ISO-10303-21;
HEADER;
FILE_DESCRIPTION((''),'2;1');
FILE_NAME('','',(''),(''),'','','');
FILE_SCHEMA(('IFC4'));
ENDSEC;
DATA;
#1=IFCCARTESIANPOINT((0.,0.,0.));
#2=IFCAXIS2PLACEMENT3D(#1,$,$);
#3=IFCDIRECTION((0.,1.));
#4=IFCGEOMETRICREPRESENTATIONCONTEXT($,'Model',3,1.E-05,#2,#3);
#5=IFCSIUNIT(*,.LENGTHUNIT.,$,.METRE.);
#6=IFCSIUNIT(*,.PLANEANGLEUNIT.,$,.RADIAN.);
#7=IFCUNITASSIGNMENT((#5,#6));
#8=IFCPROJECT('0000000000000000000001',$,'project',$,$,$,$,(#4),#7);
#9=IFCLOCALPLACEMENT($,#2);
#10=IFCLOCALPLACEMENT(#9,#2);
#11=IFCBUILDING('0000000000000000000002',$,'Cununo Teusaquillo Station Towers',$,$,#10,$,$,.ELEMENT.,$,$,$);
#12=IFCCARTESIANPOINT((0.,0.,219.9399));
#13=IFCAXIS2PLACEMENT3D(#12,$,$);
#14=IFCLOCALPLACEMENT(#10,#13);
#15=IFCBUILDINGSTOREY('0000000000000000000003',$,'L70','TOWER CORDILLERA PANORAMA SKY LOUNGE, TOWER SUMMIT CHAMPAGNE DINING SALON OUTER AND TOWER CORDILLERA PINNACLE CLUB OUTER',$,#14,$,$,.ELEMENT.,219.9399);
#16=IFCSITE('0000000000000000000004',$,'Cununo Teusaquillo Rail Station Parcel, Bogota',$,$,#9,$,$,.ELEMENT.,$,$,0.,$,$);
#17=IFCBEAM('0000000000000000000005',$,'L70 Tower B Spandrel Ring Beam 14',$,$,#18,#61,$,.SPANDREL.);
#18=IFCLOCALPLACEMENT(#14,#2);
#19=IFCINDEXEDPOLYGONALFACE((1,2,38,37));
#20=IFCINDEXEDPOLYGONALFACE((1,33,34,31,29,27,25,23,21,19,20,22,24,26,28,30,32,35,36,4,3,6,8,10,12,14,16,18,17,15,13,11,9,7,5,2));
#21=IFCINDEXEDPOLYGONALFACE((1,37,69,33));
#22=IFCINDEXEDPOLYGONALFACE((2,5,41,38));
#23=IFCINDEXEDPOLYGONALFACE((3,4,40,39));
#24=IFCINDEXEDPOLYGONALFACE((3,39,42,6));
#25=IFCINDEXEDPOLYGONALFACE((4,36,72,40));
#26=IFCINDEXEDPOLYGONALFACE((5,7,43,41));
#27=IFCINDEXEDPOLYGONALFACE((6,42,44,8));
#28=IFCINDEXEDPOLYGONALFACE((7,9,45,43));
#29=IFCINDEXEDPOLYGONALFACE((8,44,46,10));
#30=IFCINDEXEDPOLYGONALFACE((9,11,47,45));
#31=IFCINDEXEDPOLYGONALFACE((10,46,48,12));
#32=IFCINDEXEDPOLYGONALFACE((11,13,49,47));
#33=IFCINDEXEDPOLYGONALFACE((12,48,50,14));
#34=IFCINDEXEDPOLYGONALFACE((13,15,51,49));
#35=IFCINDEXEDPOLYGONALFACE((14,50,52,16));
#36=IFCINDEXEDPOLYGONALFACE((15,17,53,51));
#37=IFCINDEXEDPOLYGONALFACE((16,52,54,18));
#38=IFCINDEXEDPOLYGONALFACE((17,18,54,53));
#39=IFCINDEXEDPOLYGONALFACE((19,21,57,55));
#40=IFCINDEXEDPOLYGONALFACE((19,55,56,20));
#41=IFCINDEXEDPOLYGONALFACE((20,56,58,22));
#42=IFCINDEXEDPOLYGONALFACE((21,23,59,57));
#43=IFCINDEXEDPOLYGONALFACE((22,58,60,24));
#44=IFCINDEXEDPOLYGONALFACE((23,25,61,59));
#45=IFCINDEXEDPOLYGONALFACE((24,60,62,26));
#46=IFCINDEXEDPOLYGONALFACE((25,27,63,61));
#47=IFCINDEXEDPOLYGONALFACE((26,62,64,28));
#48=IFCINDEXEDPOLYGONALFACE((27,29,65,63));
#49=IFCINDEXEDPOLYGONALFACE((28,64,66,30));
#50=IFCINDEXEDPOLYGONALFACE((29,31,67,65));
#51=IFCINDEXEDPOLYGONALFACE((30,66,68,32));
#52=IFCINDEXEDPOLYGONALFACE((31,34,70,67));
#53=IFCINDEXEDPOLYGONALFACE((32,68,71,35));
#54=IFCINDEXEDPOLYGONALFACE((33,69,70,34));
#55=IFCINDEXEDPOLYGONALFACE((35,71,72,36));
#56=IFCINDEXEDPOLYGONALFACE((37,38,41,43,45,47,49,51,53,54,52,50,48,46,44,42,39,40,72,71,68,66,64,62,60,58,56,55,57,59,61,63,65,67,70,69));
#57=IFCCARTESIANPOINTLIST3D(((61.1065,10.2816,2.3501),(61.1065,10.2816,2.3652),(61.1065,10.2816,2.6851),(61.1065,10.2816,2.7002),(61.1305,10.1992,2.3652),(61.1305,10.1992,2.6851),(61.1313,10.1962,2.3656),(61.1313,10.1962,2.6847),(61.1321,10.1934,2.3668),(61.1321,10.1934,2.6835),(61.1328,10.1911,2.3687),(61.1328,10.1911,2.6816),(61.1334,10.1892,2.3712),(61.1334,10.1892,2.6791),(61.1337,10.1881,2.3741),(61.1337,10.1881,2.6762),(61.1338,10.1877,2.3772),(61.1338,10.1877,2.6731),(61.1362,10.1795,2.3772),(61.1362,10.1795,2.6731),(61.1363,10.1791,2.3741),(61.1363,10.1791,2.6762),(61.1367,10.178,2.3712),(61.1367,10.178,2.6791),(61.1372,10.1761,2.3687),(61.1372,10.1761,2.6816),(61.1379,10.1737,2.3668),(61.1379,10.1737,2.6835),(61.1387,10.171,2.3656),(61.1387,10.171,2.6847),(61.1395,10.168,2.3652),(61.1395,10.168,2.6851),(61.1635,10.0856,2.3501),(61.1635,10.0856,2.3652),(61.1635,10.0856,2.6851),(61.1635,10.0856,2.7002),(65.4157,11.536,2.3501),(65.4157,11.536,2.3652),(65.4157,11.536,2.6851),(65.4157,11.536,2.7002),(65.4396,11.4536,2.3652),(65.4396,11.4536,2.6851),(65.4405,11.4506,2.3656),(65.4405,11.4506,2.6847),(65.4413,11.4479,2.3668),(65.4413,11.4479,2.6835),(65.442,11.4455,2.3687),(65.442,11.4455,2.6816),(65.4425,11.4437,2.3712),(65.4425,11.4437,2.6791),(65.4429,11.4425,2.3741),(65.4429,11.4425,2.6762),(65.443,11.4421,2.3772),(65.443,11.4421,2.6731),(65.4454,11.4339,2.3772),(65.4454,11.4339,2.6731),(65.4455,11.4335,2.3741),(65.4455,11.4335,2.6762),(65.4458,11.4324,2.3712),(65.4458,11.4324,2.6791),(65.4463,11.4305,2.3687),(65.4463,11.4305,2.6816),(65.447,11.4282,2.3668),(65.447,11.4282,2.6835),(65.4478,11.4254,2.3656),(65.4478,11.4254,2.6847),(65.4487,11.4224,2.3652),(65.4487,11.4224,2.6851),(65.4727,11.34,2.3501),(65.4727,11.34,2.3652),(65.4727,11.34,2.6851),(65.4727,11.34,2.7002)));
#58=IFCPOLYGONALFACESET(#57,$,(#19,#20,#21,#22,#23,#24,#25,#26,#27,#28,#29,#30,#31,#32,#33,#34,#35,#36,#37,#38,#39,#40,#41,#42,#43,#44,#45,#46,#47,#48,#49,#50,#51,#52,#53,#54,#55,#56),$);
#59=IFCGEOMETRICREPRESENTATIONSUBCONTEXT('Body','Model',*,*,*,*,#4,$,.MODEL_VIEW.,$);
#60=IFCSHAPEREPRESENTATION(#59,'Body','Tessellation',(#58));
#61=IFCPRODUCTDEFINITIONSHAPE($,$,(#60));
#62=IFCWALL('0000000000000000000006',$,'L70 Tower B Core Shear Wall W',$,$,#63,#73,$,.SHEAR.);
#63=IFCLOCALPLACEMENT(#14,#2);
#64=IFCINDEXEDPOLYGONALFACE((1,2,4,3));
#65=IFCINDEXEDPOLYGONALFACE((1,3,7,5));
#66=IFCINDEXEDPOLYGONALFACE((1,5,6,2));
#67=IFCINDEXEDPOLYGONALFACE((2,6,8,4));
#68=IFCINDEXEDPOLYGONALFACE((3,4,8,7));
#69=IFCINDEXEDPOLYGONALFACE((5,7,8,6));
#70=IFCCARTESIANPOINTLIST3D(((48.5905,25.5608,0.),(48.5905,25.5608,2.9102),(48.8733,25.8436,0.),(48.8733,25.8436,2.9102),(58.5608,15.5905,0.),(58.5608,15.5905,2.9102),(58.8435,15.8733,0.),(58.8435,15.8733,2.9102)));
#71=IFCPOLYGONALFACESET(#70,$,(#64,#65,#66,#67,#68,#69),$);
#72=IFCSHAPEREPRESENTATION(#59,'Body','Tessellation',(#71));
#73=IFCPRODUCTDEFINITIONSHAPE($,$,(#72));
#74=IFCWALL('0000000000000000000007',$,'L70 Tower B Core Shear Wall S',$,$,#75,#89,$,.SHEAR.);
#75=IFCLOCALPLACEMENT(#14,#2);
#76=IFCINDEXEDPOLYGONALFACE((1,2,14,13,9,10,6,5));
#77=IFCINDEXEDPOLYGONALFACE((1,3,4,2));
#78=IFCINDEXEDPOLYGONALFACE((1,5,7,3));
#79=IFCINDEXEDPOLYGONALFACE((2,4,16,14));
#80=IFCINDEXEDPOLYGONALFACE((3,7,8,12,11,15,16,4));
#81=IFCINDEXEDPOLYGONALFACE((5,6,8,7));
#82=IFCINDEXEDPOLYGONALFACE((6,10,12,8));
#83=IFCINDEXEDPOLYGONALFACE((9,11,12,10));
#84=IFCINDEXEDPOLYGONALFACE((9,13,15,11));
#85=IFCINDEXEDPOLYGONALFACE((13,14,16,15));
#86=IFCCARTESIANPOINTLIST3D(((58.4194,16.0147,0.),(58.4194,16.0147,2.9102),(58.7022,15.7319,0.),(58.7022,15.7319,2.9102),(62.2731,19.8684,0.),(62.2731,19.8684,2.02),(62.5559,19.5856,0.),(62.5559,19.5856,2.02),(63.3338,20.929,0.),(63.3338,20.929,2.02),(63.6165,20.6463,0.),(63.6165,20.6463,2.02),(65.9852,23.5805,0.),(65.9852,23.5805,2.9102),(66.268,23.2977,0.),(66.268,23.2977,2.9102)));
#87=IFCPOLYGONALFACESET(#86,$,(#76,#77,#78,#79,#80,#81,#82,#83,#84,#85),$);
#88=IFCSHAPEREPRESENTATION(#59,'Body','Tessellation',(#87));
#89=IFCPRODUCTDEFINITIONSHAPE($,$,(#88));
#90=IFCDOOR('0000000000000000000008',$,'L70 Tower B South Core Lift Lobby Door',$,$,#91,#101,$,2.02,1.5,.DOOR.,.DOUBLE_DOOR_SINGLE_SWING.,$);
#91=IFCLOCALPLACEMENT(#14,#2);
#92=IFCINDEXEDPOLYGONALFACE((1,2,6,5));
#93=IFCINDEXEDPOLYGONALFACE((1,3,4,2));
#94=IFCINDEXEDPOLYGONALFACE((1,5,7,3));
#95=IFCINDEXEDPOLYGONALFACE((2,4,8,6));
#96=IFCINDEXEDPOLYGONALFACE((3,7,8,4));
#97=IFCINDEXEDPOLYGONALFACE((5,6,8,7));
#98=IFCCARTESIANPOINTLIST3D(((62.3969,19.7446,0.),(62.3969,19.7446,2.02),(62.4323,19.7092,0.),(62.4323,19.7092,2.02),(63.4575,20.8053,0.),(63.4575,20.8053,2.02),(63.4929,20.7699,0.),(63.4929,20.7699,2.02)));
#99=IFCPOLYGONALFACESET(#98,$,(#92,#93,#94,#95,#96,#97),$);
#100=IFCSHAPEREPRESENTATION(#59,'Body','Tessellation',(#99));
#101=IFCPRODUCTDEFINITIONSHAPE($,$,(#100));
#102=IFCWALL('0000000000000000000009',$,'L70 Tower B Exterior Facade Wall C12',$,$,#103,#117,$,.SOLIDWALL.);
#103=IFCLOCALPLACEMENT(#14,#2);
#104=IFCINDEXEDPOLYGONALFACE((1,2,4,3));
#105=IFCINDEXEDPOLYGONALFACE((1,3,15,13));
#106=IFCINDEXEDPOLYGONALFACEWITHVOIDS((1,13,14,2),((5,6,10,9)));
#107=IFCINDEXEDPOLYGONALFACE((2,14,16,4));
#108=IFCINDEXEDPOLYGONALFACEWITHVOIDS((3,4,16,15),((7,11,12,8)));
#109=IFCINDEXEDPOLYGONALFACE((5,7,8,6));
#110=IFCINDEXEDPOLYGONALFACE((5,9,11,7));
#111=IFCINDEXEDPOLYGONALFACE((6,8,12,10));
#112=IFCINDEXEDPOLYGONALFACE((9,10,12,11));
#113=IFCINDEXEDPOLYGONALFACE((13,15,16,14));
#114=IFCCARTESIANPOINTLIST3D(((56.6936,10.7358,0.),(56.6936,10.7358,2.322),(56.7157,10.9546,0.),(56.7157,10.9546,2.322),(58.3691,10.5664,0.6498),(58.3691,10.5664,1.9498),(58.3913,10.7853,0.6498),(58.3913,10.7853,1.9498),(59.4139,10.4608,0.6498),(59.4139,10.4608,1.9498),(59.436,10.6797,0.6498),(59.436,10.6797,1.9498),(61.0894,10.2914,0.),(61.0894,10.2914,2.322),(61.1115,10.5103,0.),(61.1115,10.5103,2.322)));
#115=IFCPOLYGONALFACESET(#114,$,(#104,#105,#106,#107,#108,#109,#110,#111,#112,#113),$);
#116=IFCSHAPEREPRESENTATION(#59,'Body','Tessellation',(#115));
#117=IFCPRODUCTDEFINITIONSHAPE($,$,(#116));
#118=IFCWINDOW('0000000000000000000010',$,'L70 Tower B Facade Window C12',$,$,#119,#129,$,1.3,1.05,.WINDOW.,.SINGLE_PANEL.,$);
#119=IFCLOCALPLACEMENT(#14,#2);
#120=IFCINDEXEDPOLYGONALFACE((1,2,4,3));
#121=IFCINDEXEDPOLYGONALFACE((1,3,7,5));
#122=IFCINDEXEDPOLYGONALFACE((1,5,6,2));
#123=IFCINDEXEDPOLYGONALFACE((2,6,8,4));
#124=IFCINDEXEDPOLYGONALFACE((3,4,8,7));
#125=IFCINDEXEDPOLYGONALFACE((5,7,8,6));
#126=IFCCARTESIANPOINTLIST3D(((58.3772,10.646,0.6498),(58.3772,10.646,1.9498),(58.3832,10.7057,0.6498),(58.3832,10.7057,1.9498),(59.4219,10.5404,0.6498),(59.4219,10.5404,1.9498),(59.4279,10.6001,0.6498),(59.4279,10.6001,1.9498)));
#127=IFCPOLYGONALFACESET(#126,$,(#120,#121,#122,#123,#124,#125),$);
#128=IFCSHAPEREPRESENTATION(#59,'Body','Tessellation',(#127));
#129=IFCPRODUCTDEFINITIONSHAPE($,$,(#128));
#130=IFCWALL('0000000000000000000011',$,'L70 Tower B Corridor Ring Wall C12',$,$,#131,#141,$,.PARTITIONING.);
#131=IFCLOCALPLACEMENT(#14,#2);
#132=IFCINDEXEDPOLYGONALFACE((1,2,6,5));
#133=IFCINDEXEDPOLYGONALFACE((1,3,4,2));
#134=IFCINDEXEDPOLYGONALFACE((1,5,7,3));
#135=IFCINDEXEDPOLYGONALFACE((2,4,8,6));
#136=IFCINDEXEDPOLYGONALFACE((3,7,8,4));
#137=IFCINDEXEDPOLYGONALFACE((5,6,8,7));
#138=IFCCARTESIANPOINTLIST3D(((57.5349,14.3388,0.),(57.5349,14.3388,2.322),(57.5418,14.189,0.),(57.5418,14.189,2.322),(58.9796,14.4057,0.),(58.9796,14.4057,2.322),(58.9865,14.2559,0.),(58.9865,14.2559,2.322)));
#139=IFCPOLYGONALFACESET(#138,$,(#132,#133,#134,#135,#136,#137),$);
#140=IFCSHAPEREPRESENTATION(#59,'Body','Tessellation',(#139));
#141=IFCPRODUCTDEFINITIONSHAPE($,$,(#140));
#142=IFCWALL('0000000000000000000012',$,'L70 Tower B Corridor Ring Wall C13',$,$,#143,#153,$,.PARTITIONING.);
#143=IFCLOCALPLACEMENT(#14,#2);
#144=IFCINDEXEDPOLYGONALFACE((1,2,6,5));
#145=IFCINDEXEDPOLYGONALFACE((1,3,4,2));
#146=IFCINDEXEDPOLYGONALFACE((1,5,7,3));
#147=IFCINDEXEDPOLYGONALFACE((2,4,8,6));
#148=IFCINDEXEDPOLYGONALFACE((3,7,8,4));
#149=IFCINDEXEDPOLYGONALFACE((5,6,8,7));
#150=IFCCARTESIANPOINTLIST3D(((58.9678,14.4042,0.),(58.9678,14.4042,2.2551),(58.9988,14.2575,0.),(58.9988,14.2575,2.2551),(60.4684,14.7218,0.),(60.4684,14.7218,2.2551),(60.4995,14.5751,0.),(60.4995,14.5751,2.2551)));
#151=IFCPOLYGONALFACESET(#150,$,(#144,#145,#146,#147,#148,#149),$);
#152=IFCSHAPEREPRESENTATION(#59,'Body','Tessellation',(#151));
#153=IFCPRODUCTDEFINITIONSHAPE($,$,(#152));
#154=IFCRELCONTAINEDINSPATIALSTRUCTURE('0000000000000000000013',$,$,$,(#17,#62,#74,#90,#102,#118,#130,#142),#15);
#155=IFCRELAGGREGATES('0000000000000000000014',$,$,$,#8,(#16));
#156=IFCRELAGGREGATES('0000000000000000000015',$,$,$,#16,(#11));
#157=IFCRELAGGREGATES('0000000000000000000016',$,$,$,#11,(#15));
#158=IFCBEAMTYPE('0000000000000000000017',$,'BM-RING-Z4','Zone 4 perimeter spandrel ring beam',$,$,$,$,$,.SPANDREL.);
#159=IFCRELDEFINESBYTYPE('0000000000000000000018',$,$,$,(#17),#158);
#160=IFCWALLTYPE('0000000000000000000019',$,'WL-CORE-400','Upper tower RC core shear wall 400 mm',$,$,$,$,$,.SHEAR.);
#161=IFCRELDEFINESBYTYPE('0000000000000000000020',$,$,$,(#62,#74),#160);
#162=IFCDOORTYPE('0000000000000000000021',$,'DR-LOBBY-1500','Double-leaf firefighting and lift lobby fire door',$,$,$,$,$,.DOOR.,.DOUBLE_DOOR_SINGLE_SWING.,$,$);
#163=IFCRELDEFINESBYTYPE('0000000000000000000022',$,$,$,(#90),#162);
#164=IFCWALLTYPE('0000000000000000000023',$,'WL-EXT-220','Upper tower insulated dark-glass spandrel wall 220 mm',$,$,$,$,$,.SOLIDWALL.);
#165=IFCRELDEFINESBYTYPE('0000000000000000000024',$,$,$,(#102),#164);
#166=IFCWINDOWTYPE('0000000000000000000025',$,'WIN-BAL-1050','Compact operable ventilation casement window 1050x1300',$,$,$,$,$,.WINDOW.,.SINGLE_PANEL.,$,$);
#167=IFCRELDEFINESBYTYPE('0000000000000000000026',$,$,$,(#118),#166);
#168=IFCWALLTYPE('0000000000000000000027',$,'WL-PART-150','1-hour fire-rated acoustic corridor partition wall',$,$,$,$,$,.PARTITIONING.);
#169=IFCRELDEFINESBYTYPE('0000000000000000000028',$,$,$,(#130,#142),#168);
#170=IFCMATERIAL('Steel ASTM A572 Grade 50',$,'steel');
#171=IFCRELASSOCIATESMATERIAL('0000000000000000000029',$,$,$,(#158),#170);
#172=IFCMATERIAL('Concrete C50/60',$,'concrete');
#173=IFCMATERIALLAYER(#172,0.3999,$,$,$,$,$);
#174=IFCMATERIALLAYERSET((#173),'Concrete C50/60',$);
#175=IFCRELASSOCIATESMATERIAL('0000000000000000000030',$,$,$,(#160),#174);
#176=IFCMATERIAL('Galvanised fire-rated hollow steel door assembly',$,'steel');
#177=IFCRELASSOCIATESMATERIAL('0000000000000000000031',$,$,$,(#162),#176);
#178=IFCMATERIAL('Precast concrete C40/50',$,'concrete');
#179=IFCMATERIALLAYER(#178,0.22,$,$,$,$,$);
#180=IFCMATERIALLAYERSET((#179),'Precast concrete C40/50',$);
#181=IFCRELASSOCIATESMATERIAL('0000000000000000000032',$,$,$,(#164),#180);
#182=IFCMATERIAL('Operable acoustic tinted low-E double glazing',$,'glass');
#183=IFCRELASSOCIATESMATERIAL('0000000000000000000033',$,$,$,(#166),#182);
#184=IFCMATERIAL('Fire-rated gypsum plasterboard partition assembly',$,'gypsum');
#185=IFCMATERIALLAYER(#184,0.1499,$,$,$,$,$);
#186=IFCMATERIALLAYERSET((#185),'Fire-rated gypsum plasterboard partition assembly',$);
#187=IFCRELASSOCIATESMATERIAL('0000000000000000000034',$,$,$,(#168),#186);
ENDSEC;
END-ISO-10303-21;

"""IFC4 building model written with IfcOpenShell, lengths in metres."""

from ifc_helpers import new_model, si_unit, direction, frame, frame_2d, origin, origin_2d, place, context, subcontext, project, spatial, rectangle, i_section, extrude, source, transform, mapped, material, layer, layer_set, material_profile, profile_set, type_object, element, fill, save


model = new_model("IFC4")

# Units and contexts
model_context = context("Model", 3, precision=1e-05, world=origin(), true_north=direction((0.0, 1.0)))
body_context = subcontext(model_context, "Body", "Model", "MODEL_VIEW")
ifc_project = project(units=[si_unit("LENGTHUNIT", "METRE"), si_unit("PLANEANGLEUNIT", "RADIAN")], contexts=[model_context])

# Site, building, storey
site_placement = place(None, origin())
site = spatial("IfcSite", under=ifc_project, at=site_placement, Name="Cununo Teusaquillo Rail Station Parcel, Bogota", CompositionType="ELEMENT", RefElevation=0.0)
building_placement = place(site_placement, origin())
building = spatial("IfcBuilding", under=site, at=building_placement, Name="Cununo Teusaquillo Station Towers", CompositionType="ELEMENT")
storey_placement = place(building_placement, frame((0.0, 0.0, 219.9399)))
storey = spatial("IfcBuildingStorey", under=building, at=storey_placement, Name="L70", Description="TOWER CORDILLERA PANORAMA SKY LOUNGE, TOWER SUMMIT CHAMPAGNE DINING SALON OUTER AND TOWER CORDILLERA PINNACLE CLUB OUTER", CompositionType="ELEMENT", Elevation=219.9399)

# Beam
ifc_material_1 = material(Name="Steel ASTM A572 Grade 50", Category="steel")
ifc_material_profile_1 = material_profile(ifc_material_1, i_section(OverallWidth=0.2041, OverallDepth=0.3501, WebThickness=0.0085, FlangeThickness=0.0151, FilletRadius=0.012, at=origin_2d()), Name="W14X48")
ifc_profile_set_1 = profile_set([ifc_material_profile_1], Name="Steel ASTM A572 Grade 50")
beam_type_1 = type_object("IfcBeamType", Name="BM-RING-Z4", Description="Zone 4 perimeter spandrel ring beam", PredefinedType="SPANDREL", material=ifc_profile_set_1)
beam_1_placement = place(storey_placement, frame((61.135, 10.1836, 2.5251), z_axis=(0.960145, 0.279503, 0.0), x_axis=(-0.279503, 0.960145, 0.0)))
element("IfcBeam", 1, at=beam_1_placement, inside=storey, type_object=beam_type_1, Name="L70 Tower B Spandrel Ring Beam 14", PredefinedType="SPANDREL", context=body_context, shape_type="SweptSolid", body=[
    extrude(i_section(OverallWidth=0.2041, OverallDepth=0.3501, WebThickness=0.0085, FlangeThickness=0.0151, FilletRadius=0.012, at=origin_2d()), origin(), (0.0, 0.0, 1.0), 4.488),
])

# Wall
ifc_material_2 = material(Name="Concrete C50/60", Category="concrete")
ifc_layer_1 = layer(ifc_material_2, 0.3999)
ifc_layer_set_1 = layer_set([ifc_layer_1], Name="Concrete C50/60")
wall_type_1 = type_object("IfcWallType", Name="WL-CORE-400", Description="Upper tower RC core shear wall 400 mm", PredefinedType="SHEAR", material=ifc_layer_set_1)
wall_1_placement = place(storey_placement, frame((58.7021, 15.7319, 0.0), z_axis=(0.0, 0.0, 1.0), x_axis=(-0.707107, 0.707107, 0.0)))
element("IfcWall", 2, at=wall_1_placement, inside=storey, type_object=wall_type_1, Name="L70 Tower B Core Shear Wall W", PredefinedType="SHEAR", context=body_context, shape_type="SweptSolid", body=[
    extrude(rectangle(XDim=14.1001, YDim=0.3999, at=frame_2d((7.05, 0.0))), origin(), (0.0, 0.0, 1.0), 2.9102),
])

# Wall, opening, door
wall_2_placement = place(storey_placement, frame((58.5608, 15.8733, 0.0), z_axis=(0.0, 0.0, 1.0), x_axis=(0.707107, 0.707107, 0.0)))
wall_2 = element("IfcWall", 3, at=wall_2_placement, inside=storey, type_object=wall_type_1, Name="L70 Tower B Core Shear Wall S", PredefinedType="SHEAR", context=body_context, shape_type="SweptSolid", body=[
    extrude(rectangle(XDim=10.6997, YDim=0.3999, at=frame_2d((5.3499, 0.0))), origin(), (0.0, 0.0, 1.0), 2.9102),
])
shared_shape_1 = source(origin(), body_context, "Body", "SweptSolid", [
    extrude(rectangle(XDim=1.5, YDim=2.02, at=frame_2d((0.75, 1.01))), frame((0.0, 0.21, 0.0), z_axis=(0.0, -1.0, 0.0), x_axis=(1.0, 0.0, 0.0)), (0.0, 0.0, 1.0), 0.4199),
])
opening_1_placement = place(wall_2_placement, frame((5.45, 0.0, 0.0)))
opening_1 = element("IfcOpeningElement", 4, at=opening_1_placement, cuts=wall_2, PredefinedType="OPENING", context=body_context, shape_type="MappedRepresentation", body=[
    mapped(shared_shape_1, transform((0.0, 0.0, 0.0), x_axis=(1.0, 0.0, 0.0), y_axis=(0.0, 1.0, 0.0), z_axis=(0.0, 0.0, 1.0), scale=1.0)),
])
ifc_material_3 = material(Name="Galvanised fire-rated hollow steel door assembly", Category="steel")
door_type_1 = type_object("IfcDoorType", Name="DR-LOBBY-1500", Description="Double-leaf firefighting and lift lobby fire door", OperationType="DOUBLE_DOOR_SINGLE_SWING", PredefinedType="DOOR", material=ifc_material_3)
shared_shape_2 = source(origin(), body_context, "Body", "SweptSolid", [
    extrude(rectangle(XDim=1.5, YDim=2.02, at=frame_2d((0.75, 1.01))), frame((0.0, 0.0249, 0.0), z_axis=(0.0, -1.0, 0.0), x_axis=(1.0, 0.0, 0.0)), (0.0, 0.0, 1.0), 0.05),
])
door_1_placement = place(opening_1_placement, origin())
door_1 = element("IfcDoor", 5, at=door_1_placement, inside=storey, type_object=door_type_1, Name="L70 Tower B South Core Lift Lobby Door", OperationType="DOUBLE_DOOR_SINGLE_SWING", OverallHeight=2.02, OverallWidth=1.5, PredefinedType="DOOR", context=body_context, shape_type="MappedRepresentation", body=[
    mapped(shared_shape_2, transform((0.0, 0.0, 0.0), x_axis=(1.0, 0.0, 0.0), y_axis=(0.0, 1.0, 0.0), z_axis=(0.0, 0.0, 1.0), scale=1.0)),
])
fill(opening_1, door_1)

# Wall, opening, window
ifc_material_4 = material(Name="Precast concrete C40/50", Category="concrete")
ifc_layer_2 = layer(ifc_material_4, 0.22)
ifc_layer_set_2 = layer_set([ifc_layer_2], Name="Precast concrete C40/50")
wall_type_2 = type_object("IfcWallType", Name="WL-EXT-220", Description="Upper tower insulated dark-glass spandrel wall 220 mm", PredefinedType="SOLIDWALL", material=ifc_layer_set_2)
wall_3_placement = place(storey_placement, frame((61.1003, 10.4009, 0.0), z_axis=(0.0, 0.0, 1.0), x_axis=(-0.99493, 0.100571, 0.0)))
wall_3 = element("IfcWall", 6, at=wall_3_placement, inside=storey, type_object=wall_type_2, Name="L70 Tower B Exterior Facade Wall C12", PredefinedType="SOLIDWALL", context=body_context, shape_type="SweptSolid", body=[
    extrude(rectangle(XDim=4.4182, YDim=0.22, at=frame_2d((2.209, 0.0))), origin(), (0.0, 0.0, 1.0), 2.322),
])
shared_shape_3 = source(origin(), body_context, "Body", "SweptSolid", [
    extrude(rectangle(XDim=1.05, YDim=1.3, at=frame_2d((0.5249, 0.6499))), frame((0.0, 0.1199, 0.0), z_axis=(0.0, -1.0, 0.0), x_axis=(1.0, 0.0, 0.0)), (0.0, 0.0, 1.0), 0.24),
])
opening_2_placement = place(wall_3_placement, frame((1.6841, 0.0, 0.6499)))
opening_2 = element("IfcOpeningElement", 7, at=opening_2_placement, cuts=wall_3, PredefinedType="OPENING", context=body_context, shape_type="MappedRepresentation", body=[
    mapped(shared_shape_3, transform((0.0, 0.0, 0.0), x_axis=(1.0, 0.0, 0.0), y_axis=(0.0, 1.0, 0.0), z_axis=(0.0, 0.0, 1.0), scale=1.0)),
])
ifc_material_5 = material(Name="Operable acoustic tinted low-E double glazing", Category="glass")
window_type = type_object("IfcWindowType", Name="WIN-BAL-1050", Description="Compact operable ventilation casement window 1050x1300", PartitioningType="SINGLE_PANEL", PredefinedType="WINDOW", material=ifc_material_5)
shared_shape_4 = source(origin(), body_context, "Body", "SweptSolid", [
    extrude(rectangle(XDim=1.05, YDim=1.3, at=frame_2d((0.5249, 0.6499))), frame((0.0, 0.03, 0.0), z_axis=(0.0, -1.0, 0.0), x_axis=(1.0, 0.0, 0.0)), (0.0, 0.0, 1.0), 0.0601),
])
window_placement = place(opening_2_placement, origin())
window = element("IfcWindow", 8, at=window_placement, inside=storey, type_object=window_type, Name="L70 Tower B Facade Window C12", OverallHeight=1.3, OverallWidth=1.05, PartitioningType="SINGLE_PANEL", PredefinedType="WINDOW", context=body_context, shape_type="MappedRepresentation", body=[
    mapped(shared_shape_4, transform((0.0, 0.0, 0.0), x_axis=(1.0, 0.0, 0.0), y_axis=(0.0, 1.0, 0.0), z_axis=(0.0, 0.0, 1.0), scale=1.0)),
])
fill(opening_2, window)

# Walls
ifc_material_6 = material(Name="Fire-rated gypsum plasterboard partition assembly", Category="gypsum")
ifc_layer_3 = layer(ifc_material_6, 0.1499)
ifc_layer_set_3 = layer_set([ifc_layer_3], Name="Fire-rated gypsum plasterboard partition assembly")
wall_type_3 = type_object("IfcWallType", Name="WL-PART-150", Description="1-hour fire-rated acoustic corridor partition wall", PredefinedType="PARTITIONING", material=ifc_layer_set_3)
wall_4_placement = place(storey_placement, frame((57.5383, 14.2639, 0.0), z_axis=(0.0, 0.0, 1.0), x_axis=(0.99893, 0.04625, 0.0)))
element("IfcWall", 9, at=wall_4_placement, inside=storey, type_object=wall_type_3, Name="L70 Tower B Corridor Ring Wall C12", PredefinedType="PARTITIONING", context=body_context, shape_type="SweptSolid", body=[
    extrude(rectangle(XDim=1.4463, YDim=0.1499, at=frame_2d((0.7231, 0.0))), origin(), (0.0, 0.0, 1.0), 2.322),
])
wall_5_placement = place(storey_placement, frame((58.9832, 14.3308, 0.0), z_axis=(0.0, 0.0, 1.0), x_axis=(0.978328, 0.207061, 0.0)))
element("IfcWall", 10, at=wall_5_placement, inside=storey, type_object=wall_type_3, Name="L70 Tower B Corridor Ring Wall C13", PredefinedType="PARTITIONING", context=body_context, shape_type="SweptSolid", body=[
    extrude(rectangle(XDim=1.5339, YDim=0.1499, at=frame_2d((0.7671, 0.0))), origin(), (0.0, 0.0, 1.0), 2.2551),
])

save(model, "model.ifc")
